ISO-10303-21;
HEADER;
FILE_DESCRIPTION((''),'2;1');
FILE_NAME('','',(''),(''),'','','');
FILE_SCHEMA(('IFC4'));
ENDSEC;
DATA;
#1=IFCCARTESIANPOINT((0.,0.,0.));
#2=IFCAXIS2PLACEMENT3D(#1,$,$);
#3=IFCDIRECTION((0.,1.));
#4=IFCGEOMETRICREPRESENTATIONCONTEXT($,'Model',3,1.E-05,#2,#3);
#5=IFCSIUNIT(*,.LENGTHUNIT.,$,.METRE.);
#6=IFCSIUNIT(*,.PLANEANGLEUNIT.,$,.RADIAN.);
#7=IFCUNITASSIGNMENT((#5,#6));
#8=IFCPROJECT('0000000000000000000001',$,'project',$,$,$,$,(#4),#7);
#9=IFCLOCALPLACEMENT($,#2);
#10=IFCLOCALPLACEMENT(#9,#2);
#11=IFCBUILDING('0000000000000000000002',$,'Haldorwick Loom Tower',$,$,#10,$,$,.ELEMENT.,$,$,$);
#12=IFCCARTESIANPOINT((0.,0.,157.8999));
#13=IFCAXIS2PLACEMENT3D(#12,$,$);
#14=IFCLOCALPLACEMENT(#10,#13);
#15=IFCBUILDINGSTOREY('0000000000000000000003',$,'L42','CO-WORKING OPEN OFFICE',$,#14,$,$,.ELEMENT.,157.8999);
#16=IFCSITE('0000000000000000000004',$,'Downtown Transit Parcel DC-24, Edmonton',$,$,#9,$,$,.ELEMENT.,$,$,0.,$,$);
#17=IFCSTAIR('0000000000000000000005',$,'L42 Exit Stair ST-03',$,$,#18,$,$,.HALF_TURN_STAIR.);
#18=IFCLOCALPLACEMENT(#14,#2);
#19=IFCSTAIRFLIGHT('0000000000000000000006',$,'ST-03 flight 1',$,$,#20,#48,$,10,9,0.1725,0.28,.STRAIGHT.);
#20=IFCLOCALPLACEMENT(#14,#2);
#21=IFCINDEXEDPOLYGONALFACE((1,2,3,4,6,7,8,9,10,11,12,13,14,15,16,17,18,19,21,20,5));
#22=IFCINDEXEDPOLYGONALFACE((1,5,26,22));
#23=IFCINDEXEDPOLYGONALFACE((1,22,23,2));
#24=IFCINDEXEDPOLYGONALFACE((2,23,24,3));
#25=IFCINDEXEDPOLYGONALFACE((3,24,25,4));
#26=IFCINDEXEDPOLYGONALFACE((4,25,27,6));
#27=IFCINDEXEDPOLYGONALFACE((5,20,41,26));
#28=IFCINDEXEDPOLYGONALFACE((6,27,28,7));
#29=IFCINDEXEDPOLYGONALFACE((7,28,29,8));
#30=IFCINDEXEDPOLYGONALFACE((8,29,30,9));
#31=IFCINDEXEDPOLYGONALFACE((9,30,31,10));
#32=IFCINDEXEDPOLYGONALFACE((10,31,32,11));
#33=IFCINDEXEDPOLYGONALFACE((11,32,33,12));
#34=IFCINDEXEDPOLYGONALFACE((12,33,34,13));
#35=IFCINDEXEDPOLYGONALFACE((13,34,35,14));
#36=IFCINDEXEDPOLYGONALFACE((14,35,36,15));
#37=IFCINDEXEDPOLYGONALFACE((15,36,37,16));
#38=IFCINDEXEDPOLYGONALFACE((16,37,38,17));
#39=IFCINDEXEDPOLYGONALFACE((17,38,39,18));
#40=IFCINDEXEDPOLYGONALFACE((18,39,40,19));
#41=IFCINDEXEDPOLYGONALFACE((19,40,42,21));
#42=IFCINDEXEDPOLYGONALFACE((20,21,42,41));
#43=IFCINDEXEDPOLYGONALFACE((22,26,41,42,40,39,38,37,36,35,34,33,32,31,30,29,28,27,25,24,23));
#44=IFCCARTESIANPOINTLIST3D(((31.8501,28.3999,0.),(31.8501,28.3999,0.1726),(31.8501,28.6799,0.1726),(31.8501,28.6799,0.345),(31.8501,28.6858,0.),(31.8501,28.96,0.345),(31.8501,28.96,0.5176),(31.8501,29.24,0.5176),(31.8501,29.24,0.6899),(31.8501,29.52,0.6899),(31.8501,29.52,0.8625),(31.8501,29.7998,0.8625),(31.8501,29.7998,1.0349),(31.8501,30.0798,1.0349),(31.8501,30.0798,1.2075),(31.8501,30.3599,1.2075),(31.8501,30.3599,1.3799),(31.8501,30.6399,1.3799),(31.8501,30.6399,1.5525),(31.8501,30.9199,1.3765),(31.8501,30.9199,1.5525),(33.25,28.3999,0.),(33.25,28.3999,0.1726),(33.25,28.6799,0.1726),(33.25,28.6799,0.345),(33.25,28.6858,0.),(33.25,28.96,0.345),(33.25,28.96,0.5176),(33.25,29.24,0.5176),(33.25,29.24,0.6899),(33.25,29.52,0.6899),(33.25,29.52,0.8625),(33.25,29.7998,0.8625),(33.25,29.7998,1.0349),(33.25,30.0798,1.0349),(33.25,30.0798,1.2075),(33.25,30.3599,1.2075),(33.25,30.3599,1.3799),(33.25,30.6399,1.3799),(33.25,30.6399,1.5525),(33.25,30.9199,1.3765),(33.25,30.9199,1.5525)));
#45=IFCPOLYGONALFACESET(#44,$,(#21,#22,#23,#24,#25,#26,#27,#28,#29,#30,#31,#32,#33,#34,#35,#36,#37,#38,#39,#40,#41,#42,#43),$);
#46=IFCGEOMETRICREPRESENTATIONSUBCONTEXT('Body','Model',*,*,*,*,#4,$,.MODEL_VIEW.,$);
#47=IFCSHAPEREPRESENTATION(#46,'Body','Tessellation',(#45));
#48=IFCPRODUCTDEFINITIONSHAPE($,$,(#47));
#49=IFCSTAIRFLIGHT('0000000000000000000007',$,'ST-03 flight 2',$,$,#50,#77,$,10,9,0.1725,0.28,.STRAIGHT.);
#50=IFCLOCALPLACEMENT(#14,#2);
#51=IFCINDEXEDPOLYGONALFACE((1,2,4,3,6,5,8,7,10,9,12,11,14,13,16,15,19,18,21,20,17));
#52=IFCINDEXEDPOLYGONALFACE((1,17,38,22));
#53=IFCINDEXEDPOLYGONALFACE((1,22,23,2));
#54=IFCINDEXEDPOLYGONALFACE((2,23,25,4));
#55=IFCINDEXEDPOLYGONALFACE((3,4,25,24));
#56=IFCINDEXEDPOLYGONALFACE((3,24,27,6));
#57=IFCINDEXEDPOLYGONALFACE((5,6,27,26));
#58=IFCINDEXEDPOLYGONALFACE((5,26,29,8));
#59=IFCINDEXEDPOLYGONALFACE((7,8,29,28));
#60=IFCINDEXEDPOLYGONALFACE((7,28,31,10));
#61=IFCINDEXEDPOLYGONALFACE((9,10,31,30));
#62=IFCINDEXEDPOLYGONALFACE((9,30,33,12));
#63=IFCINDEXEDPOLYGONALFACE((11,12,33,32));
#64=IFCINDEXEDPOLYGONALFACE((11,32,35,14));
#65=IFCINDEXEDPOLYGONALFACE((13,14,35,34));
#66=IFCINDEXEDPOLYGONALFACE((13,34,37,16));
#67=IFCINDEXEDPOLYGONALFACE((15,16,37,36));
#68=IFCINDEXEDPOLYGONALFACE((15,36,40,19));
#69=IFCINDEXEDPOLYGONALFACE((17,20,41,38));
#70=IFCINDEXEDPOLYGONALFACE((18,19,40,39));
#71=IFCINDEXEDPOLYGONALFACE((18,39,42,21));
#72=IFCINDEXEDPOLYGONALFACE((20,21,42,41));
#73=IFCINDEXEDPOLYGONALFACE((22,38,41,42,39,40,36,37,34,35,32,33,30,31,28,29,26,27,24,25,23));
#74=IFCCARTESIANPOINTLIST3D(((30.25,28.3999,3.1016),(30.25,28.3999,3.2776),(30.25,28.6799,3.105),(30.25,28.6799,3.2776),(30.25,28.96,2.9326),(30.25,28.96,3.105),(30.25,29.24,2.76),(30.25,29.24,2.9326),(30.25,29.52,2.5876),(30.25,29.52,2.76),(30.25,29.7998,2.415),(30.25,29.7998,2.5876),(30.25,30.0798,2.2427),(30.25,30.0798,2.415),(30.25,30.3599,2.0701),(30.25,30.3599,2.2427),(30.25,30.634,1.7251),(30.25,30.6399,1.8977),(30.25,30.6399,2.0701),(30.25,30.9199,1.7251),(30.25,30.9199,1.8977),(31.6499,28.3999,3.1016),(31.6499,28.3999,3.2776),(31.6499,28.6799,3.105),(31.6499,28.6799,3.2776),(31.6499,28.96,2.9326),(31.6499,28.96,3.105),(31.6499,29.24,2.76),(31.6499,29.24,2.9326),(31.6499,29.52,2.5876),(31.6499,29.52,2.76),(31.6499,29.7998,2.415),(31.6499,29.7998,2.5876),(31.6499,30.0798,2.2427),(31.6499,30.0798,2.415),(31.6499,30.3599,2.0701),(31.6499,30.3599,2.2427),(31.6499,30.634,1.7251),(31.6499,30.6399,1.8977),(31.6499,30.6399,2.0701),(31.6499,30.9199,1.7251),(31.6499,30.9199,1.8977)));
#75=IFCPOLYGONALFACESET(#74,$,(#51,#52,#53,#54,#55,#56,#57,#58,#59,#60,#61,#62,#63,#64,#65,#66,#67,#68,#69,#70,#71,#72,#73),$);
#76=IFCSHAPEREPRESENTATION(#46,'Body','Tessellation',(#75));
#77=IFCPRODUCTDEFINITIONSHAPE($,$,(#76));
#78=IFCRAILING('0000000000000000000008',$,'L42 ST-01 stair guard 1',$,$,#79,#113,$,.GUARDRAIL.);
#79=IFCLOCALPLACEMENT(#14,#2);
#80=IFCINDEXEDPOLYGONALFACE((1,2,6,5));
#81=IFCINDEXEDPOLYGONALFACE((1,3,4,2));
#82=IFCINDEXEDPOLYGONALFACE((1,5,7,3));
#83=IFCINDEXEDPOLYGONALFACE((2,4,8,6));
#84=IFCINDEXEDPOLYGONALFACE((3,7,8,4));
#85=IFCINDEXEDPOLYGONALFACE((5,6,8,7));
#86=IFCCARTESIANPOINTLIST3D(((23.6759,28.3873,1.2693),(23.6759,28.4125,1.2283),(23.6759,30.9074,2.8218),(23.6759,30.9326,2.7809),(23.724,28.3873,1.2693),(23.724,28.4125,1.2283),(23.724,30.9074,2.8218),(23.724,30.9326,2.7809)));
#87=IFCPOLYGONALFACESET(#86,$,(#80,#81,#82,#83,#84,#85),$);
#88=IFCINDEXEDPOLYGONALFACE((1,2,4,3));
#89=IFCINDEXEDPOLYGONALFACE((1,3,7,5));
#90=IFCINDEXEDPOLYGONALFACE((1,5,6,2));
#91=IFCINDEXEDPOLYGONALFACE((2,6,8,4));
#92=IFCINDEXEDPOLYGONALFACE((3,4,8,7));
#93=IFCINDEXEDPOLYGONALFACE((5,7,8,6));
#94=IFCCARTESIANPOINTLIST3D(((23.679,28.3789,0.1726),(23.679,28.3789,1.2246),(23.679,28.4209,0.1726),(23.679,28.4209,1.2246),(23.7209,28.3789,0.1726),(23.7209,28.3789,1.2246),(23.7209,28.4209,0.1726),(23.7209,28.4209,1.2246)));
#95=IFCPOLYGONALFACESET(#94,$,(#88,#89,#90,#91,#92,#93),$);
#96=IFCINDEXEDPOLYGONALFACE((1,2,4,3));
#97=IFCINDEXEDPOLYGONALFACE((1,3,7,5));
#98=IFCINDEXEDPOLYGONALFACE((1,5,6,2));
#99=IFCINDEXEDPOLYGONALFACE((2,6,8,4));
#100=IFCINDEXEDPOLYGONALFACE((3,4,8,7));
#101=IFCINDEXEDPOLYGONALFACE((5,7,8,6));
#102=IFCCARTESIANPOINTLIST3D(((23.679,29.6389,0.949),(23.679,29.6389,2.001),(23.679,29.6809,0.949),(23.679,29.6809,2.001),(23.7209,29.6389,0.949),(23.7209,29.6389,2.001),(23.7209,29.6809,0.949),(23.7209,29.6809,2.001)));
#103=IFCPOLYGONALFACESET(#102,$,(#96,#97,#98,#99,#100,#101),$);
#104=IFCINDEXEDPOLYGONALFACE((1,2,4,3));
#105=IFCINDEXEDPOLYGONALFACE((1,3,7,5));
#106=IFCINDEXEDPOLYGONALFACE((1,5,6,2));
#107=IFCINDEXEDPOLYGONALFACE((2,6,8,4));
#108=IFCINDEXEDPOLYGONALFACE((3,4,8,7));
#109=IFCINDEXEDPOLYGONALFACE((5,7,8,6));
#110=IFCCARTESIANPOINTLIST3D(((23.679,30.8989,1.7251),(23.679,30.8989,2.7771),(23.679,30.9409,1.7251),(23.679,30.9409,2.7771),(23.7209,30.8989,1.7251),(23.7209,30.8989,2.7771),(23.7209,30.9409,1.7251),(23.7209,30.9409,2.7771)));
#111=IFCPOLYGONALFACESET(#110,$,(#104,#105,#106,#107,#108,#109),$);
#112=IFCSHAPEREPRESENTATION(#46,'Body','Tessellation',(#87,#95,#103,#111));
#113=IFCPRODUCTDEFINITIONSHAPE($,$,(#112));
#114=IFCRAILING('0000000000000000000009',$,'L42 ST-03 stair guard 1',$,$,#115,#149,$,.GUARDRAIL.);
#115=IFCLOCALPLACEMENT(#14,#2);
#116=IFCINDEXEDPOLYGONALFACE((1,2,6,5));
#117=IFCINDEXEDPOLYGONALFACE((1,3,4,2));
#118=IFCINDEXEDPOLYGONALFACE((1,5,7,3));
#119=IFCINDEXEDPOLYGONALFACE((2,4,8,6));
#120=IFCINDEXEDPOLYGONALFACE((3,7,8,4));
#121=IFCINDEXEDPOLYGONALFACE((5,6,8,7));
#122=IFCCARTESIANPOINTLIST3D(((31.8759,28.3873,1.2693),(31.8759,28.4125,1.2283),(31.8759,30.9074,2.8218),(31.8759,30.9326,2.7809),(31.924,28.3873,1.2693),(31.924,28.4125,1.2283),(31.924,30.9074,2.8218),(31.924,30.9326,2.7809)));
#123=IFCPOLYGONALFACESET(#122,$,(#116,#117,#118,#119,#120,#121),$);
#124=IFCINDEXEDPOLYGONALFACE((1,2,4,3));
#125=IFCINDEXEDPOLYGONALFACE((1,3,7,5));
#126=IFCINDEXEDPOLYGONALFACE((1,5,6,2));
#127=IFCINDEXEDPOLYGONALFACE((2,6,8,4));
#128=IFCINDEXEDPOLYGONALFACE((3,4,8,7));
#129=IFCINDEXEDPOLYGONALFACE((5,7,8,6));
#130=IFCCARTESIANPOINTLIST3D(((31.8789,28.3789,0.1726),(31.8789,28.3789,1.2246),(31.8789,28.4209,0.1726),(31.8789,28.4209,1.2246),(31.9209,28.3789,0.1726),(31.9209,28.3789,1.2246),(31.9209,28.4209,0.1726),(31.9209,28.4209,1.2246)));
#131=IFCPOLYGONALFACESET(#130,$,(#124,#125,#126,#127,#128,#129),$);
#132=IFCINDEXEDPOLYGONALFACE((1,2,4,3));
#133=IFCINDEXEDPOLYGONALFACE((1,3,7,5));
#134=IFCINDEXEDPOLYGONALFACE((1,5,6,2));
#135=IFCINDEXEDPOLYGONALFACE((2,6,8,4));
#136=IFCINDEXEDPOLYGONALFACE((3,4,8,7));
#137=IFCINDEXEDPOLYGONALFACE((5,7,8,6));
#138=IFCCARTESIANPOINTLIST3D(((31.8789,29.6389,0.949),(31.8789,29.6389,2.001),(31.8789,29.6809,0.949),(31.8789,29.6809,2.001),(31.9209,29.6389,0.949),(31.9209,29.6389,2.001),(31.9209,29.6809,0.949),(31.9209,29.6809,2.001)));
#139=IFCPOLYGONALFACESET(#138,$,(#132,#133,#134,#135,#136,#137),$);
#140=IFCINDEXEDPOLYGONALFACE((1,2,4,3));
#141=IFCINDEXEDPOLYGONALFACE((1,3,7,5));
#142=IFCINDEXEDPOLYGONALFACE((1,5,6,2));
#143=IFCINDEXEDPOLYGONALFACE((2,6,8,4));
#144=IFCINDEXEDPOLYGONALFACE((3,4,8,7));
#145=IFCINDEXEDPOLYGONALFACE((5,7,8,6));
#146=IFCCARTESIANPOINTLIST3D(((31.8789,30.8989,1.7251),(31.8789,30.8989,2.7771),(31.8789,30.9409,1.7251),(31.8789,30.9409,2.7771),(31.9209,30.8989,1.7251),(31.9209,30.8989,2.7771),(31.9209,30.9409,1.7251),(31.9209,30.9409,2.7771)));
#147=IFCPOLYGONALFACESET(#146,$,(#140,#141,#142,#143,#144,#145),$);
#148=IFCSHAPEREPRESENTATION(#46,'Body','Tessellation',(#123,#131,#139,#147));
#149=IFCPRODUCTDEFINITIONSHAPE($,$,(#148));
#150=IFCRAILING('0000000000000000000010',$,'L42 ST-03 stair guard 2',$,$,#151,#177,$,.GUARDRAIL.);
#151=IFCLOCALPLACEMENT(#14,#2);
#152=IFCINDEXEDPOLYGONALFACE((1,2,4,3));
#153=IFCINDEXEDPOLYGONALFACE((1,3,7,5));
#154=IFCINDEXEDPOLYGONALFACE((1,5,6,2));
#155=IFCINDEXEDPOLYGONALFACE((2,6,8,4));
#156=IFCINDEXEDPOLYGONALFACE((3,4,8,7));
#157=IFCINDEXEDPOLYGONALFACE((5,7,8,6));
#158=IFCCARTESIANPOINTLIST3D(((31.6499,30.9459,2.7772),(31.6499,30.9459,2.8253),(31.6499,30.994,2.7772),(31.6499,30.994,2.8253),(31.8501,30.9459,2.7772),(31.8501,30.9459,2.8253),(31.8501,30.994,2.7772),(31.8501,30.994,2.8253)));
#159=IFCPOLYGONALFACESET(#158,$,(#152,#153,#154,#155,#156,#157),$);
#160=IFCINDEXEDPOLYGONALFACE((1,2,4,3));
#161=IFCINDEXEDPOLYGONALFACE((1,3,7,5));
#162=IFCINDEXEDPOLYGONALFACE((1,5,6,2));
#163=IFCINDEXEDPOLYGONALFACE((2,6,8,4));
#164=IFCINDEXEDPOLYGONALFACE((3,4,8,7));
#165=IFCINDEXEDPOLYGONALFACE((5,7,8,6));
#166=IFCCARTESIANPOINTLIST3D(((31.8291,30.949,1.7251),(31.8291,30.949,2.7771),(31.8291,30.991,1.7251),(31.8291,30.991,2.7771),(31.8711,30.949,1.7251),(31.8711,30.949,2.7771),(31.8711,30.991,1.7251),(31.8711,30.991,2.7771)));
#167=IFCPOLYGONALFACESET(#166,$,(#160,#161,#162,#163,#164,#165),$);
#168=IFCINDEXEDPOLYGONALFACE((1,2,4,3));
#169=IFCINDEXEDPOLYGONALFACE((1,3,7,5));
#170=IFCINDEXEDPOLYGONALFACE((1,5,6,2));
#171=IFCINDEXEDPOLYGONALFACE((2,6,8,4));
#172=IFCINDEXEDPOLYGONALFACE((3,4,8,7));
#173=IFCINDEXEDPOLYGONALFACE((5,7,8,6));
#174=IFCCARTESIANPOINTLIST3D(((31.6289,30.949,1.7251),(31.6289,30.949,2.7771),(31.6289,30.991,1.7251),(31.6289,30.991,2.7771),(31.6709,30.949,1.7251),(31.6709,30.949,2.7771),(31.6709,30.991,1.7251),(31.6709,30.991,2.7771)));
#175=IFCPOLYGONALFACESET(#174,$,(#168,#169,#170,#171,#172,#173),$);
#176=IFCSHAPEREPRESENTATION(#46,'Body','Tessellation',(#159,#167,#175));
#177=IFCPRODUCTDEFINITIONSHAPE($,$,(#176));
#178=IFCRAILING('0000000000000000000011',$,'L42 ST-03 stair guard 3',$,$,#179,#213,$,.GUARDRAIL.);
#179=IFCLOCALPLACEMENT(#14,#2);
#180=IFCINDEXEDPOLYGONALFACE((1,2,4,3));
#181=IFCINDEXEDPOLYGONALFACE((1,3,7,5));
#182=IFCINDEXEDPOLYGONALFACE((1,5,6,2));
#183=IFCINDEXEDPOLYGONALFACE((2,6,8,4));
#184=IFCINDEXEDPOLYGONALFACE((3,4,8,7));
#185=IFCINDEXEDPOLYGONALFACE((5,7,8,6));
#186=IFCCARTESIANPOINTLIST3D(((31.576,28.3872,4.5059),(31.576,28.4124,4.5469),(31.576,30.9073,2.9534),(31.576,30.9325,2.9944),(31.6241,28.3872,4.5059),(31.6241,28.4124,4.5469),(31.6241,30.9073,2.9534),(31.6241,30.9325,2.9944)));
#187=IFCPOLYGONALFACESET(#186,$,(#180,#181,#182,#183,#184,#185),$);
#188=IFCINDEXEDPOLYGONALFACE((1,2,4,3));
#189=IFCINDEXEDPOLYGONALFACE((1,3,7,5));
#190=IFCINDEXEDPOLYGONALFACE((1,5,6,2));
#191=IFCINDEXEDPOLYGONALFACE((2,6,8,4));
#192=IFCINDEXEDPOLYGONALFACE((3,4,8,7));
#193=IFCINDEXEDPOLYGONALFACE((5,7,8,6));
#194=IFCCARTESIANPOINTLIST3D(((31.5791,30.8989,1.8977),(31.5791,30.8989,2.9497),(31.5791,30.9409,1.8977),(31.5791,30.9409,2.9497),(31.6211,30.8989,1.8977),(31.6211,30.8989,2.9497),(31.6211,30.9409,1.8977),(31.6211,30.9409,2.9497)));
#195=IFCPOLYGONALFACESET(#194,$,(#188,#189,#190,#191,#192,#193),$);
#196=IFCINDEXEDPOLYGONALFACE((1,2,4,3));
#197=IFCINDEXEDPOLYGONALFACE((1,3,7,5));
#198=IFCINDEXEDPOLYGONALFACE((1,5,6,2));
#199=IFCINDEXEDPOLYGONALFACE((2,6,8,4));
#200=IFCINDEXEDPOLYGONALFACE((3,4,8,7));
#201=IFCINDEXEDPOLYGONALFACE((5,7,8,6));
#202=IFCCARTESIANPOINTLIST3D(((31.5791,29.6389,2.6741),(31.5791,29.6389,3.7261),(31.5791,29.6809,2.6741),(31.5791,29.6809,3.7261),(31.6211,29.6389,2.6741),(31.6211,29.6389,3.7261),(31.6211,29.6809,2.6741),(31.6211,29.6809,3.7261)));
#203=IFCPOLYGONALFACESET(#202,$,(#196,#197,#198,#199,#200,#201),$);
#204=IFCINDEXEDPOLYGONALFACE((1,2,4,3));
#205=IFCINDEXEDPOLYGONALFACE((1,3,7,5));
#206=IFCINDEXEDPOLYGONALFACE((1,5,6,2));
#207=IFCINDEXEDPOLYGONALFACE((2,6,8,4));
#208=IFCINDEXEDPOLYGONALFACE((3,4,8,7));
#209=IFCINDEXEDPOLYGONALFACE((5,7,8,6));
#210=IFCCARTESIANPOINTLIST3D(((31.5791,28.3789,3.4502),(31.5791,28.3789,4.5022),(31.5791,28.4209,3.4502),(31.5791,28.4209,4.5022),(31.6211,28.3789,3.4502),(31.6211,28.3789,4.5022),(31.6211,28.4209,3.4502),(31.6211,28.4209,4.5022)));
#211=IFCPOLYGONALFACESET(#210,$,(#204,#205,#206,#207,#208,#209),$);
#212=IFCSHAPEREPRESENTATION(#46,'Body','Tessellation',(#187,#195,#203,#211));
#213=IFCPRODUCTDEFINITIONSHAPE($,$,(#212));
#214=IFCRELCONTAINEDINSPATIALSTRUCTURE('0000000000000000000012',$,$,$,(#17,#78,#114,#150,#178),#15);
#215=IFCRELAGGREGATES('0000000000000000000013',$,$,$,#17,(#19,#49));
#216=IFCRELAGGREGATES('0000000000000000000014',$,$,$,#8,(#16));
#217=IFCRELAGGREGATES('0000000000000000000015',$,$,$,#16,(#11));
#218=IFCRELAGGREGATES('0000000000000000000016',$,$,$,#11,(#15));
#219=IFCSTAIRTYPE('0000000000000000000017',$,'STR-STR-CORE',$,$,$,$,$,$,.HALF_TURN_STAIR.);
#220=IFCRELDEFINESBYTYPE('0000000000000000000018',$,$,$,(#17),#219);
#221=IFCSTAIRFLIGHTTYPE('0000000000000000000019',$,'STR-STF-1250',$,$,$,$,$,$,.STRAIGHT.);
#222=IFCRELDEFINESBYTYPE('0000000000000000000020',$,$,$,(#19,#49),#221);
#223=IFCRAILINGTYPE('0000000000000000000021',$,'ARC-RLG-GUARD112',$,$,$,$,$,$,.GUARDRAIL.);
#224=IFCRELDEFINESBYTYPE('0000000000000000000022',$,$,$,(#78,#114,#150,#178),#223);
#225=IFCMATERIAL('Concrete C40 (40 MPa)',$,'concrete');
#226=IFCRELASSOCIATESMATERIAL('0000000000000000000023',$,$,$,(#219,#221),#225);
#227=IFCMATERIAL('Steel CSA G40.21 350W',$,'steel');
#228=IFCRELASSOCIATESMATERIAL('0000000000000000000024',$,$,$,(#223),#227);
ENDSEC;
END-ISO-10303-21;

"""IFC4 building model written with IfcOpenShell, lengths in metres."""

from ifc_helpers import new_model, si_unit, direction, frame, origin, origin_2d, place, context, subcontext, project, spatial, polyline, rectangle, outline, extrude, material, type_object, element, aggregate, save


model = new_model("IFC4")

# Units and contexts
model_context = context("Model", 3, precision=1e-05, world=origin(), true_north=direction((0.0, 1.0)))
body_context = subcontext(model_context, "Body", "Model", "MODEL_VIEW")
ifc_project = project(units=[si_unit("LENGTHUNIT", "METRE"), si_unit("PLANEANGLEUNIT", "RADIAN")], contexts=[model_context])

# Site, building, storey
site_placement = place(None, origin())
site = spatial("IfcSite", under=ifc_project, at=site_placement, Name="Downtown Transit Parcel DC-24, Edmonton", CompositionType="ELEMENT", RefElevation=0.0)
building_placement = place(site_placement, origin())
building = spatial("IfcBuilding", under=site, at=building_placement, Name="Haldorwick Loom Tower", CompositionType="ELEMENT")
storey_placement = place(building_placement, frame((0.0, 0.0, 157.8999)))
storey = spatial("IfcBuildingStorey", under=building, at=storey_placement, Name="L42", Description="CO-WORKING OPEN OFFICE", CompositionType="ELEMENT", Elevation=157.8999)

# Shared definitions
ifc_material_1 = material(Name="Steel CSA G40.21 350W", Category="steel")

# Shared definitions
ifc_material_2 = material(Name="Concrete C40 (40 MPa)", Category="concrete")
stair_type = type_object("IfcStairType", Name="STR-STR-CORE", PredefinedType="HALF_TURN_STAIR", material=ifc_material_2)
stair_flight_type = type_object("IfcStairFlightType", Name="STR-STF-1250", PredefinedType="STRAIGHT", material=ifc_material_2)

# Stair, stair flights
stair_1_placement = place(storey_placement, origin())
stair_1 = element("IfcStair", 1, at=stair_1_placement, inside=storey, type_object=stair_type, Name="L42 Exit Stair ST-03", PredefinedType="HALF_TURN_STAIR")
stair_flight_1_placement = place(storey_placement, frame((32.55, 28.3999, 0.0), z_axis=(0.0, 0.0, 1.0), x_axis=(0.0, 1.0, 0.0)))
stair_flight_1 = element("IfcStairFlight", 2, at=stair_flight_1_placement, type_object=stair_flight_type, Name="ST-03 flight 1", NumberOfRisers=10, NumberOfTreads=9, PredefinedType="STRAIGHT", RiserHeight=0.1725, TreadLength=0.28, context=body_context, shape_type="SweptSolid", body=[
    extrude(outline(polyline([(0.0, 0.0), (0.0, 0.1726), (0.28, 0.1726), (0.28, 0.345), (0.5601, 0.345), (0.5601, 0.5176), (0.8401, 0.5176), (0.8401, 0.6899), (1.1201, 0.6899), (1.1201, 0.8625), (1.3999, 0.8625), (1.3999, 1.0349), (1.6799, 1.0349), (1.6799, 1.2075), (1.96, 1.2075), (1.96, 1.3799), (2.24, 1.3799), (2.24, 1.5525), (2.52, 1.5525), (2.52, 1.7251), (2.52, 1.3765), (0.2859, 0.0), (0.0, 0.0)])), frame((0.0, 0.7, 0.0), z_axis=(0.0, -1.0, 0.0), x_axis=(1.0, 0.0, 0.0)), (0.0, 0.0, 1.0), 1.3999),
])
stair_flight_2_placement = place(storey_placement, frame((30.95, 30.9199, 1.7251), z_axis=(0.0, 0.0, 1.0), x_axis=(0.0, -1.0, 0.0)))
stair_flight_2 = element("IfcStairFlight", 3, at=stair_flight_2_placement, type_object=stair_flight_type, Name="ST-03 flight 2", NumberOfRisers=10, NumberOfTreads=9, PredefinedType="STRAIGHT", RiserHeight=0.1725, TreadLength=0.28, context=body_context, shape_type="SweptSolid", body=[
    extrude(outline(polyline([(0.0, 0.0), (0.0, 0.1726), (0.28, 0.1726), (0.28, 0.345), (0.5601, 0.345), (0.5601, 0.5176), (0.8401, 0.5176), (0.8401, 0.6899), (1.1201, 0.6899), (1.1201, 0.8625), (1.3999, 0.8625), (1.3999, 1.0349), (1.6799, 1.0349), (1.6799, 1.2075), (1.96, 1.2075), (1.96, 1.3799), (2.24, 1.3799), (2.24, 1.5525), (2.52, 1.5525), (2.52, 1.7251), (2.52, 1.3765), (0.2859, 0.0), (0.0, 0.0)])), frame((0.0, 0.7, 0.0), z_axis=(0.0, -1.0, 0.0), x_axis=(1.0, 0.0, 0.0)), (0.0, 0.0, 1.0), 1.3999),
])
aggregate(stair_1, [stair_flight_1, stair_flight_2])

# Railings
railing_type_1 = type_object("IfcRailingType", Name="ARC-RLG-GUARD112", PredefinedType="GUARDRAIL", material=ifc_material_1)
for number, where, name in (
    (4, (23.7, 28.3999, 0.1726), "L42 ST-01 stair guard 1"),
    (5, (31.8999, 28.3999, 0.1726), "L42 ST-03 stair guard 1"),
):
    element("IfcRailing", number, at=place(storey_placement, frame(where)), inside=storey, type_object=railing_type_1, Name=name, PredefinedType="GUARDRAIL", context=body_context, shape_type="SweptSolid", body=[
        extrude(rectangle(XDim=0.0481, YDim=0.0481, at=origin_2d()), frame((0.0, 0.0, 1.0762), z_axis=(0.0, 0.8514, 0.524516), x_axis=(-1.0, 0.0, 0.0)), (0.0, 0.0, 1.0), 2.96),
        extrude(rectangle(XDim=0.042, YDim=0.042, at=origin_2d()), origin(), (0.0, 0.0, 1.0), 1.052),
        extrude(rectangle(XDim=0.042, YDim=0.042, at=origin_2d()), frame((0.0, 1.26, 0.7764)), (0.0, 0.0, 1.0), 1.052),
        extrude(rectangle(XDim=0.042, YDim=0.042, at=origin_2d()), frame((0.0, 2.52, 1.5525)), (0.0, 0.0, 1.0), 1.052),
    ])
railing_1_placement = place(storey_placement, frame((31.8501, 30.97, 1.7251)))
element("IfcRailing", 6, at=railing_1_placement, inside=storey, type_object=railing_type_1, Name="L42 ST-03 stair guard 2", PredefinedType="GUARDRAIL", context=body_context, shape_type="SweptSolid", body=[
    extrude(rectangle(XDim=0.0481, YDim=0.0481, at=origin_2d()), frame((0.0, 0.0, 1.0762), z_axis=(-1.0, 0.0, 0.0), x_axis=(0.0, -1.0, 0.0)), (0.0, 0.0, 1.0), 0.2002),
    extrude(rectangle(XDim=0.042, YDim=0.042, at=origin_2d()), origin(), (0.0, 0.0, 1.0), 1.052),
    extrude(rectangle(XDim=0.042, YDim=0.042, at=origin_2d()), frame((-0.2002, 0.0, 0.0)), (0.0, 0.0, 1.0), 1.052),
])
railing_2_placement = place(storey_placement, frame((31.6001, 30.9199, 1.8977)))
element("IfcRailing", 7, at=railing_2_placement, inside=storey, type_object=railing_type_1, Name="L42 ST-03 stair guard 3", PredefinedType="GUARDRAIL", context=body_context, shape_type="SweptSolid", body=[
    extrude(rectangle(XDim=0.0481, YDim=0.0481, at=origin_2d()), frame((0.0, 0.0, 1.0762), z_axis=(0.0, -0.8514, 0.524516), x_axis=(1.0, 0.0, 0.0)), (0.0, 0.0, 1.0), 2.96),
    extrude(rectangle(XDim=0.042, YDim=0.042, at=origin_2d()), origin(), (0.0, 0.0, 1.0), 1.052),
    extrude(rectangle(XDim=0.042, YDim=0.042, at=origin_2d()), frame((0.0, -1.26, 0.7764)), (0.0, 0.0, 1.0), 1.052),
    extrude(rectangle(XDim=0.042, YDim=0.042, at=origin_2d()), frame((0.0, -2.52, 1.5525)), (0.0, 0.0, 1.0), 1.052),
])

save(model, "model.ifc")
